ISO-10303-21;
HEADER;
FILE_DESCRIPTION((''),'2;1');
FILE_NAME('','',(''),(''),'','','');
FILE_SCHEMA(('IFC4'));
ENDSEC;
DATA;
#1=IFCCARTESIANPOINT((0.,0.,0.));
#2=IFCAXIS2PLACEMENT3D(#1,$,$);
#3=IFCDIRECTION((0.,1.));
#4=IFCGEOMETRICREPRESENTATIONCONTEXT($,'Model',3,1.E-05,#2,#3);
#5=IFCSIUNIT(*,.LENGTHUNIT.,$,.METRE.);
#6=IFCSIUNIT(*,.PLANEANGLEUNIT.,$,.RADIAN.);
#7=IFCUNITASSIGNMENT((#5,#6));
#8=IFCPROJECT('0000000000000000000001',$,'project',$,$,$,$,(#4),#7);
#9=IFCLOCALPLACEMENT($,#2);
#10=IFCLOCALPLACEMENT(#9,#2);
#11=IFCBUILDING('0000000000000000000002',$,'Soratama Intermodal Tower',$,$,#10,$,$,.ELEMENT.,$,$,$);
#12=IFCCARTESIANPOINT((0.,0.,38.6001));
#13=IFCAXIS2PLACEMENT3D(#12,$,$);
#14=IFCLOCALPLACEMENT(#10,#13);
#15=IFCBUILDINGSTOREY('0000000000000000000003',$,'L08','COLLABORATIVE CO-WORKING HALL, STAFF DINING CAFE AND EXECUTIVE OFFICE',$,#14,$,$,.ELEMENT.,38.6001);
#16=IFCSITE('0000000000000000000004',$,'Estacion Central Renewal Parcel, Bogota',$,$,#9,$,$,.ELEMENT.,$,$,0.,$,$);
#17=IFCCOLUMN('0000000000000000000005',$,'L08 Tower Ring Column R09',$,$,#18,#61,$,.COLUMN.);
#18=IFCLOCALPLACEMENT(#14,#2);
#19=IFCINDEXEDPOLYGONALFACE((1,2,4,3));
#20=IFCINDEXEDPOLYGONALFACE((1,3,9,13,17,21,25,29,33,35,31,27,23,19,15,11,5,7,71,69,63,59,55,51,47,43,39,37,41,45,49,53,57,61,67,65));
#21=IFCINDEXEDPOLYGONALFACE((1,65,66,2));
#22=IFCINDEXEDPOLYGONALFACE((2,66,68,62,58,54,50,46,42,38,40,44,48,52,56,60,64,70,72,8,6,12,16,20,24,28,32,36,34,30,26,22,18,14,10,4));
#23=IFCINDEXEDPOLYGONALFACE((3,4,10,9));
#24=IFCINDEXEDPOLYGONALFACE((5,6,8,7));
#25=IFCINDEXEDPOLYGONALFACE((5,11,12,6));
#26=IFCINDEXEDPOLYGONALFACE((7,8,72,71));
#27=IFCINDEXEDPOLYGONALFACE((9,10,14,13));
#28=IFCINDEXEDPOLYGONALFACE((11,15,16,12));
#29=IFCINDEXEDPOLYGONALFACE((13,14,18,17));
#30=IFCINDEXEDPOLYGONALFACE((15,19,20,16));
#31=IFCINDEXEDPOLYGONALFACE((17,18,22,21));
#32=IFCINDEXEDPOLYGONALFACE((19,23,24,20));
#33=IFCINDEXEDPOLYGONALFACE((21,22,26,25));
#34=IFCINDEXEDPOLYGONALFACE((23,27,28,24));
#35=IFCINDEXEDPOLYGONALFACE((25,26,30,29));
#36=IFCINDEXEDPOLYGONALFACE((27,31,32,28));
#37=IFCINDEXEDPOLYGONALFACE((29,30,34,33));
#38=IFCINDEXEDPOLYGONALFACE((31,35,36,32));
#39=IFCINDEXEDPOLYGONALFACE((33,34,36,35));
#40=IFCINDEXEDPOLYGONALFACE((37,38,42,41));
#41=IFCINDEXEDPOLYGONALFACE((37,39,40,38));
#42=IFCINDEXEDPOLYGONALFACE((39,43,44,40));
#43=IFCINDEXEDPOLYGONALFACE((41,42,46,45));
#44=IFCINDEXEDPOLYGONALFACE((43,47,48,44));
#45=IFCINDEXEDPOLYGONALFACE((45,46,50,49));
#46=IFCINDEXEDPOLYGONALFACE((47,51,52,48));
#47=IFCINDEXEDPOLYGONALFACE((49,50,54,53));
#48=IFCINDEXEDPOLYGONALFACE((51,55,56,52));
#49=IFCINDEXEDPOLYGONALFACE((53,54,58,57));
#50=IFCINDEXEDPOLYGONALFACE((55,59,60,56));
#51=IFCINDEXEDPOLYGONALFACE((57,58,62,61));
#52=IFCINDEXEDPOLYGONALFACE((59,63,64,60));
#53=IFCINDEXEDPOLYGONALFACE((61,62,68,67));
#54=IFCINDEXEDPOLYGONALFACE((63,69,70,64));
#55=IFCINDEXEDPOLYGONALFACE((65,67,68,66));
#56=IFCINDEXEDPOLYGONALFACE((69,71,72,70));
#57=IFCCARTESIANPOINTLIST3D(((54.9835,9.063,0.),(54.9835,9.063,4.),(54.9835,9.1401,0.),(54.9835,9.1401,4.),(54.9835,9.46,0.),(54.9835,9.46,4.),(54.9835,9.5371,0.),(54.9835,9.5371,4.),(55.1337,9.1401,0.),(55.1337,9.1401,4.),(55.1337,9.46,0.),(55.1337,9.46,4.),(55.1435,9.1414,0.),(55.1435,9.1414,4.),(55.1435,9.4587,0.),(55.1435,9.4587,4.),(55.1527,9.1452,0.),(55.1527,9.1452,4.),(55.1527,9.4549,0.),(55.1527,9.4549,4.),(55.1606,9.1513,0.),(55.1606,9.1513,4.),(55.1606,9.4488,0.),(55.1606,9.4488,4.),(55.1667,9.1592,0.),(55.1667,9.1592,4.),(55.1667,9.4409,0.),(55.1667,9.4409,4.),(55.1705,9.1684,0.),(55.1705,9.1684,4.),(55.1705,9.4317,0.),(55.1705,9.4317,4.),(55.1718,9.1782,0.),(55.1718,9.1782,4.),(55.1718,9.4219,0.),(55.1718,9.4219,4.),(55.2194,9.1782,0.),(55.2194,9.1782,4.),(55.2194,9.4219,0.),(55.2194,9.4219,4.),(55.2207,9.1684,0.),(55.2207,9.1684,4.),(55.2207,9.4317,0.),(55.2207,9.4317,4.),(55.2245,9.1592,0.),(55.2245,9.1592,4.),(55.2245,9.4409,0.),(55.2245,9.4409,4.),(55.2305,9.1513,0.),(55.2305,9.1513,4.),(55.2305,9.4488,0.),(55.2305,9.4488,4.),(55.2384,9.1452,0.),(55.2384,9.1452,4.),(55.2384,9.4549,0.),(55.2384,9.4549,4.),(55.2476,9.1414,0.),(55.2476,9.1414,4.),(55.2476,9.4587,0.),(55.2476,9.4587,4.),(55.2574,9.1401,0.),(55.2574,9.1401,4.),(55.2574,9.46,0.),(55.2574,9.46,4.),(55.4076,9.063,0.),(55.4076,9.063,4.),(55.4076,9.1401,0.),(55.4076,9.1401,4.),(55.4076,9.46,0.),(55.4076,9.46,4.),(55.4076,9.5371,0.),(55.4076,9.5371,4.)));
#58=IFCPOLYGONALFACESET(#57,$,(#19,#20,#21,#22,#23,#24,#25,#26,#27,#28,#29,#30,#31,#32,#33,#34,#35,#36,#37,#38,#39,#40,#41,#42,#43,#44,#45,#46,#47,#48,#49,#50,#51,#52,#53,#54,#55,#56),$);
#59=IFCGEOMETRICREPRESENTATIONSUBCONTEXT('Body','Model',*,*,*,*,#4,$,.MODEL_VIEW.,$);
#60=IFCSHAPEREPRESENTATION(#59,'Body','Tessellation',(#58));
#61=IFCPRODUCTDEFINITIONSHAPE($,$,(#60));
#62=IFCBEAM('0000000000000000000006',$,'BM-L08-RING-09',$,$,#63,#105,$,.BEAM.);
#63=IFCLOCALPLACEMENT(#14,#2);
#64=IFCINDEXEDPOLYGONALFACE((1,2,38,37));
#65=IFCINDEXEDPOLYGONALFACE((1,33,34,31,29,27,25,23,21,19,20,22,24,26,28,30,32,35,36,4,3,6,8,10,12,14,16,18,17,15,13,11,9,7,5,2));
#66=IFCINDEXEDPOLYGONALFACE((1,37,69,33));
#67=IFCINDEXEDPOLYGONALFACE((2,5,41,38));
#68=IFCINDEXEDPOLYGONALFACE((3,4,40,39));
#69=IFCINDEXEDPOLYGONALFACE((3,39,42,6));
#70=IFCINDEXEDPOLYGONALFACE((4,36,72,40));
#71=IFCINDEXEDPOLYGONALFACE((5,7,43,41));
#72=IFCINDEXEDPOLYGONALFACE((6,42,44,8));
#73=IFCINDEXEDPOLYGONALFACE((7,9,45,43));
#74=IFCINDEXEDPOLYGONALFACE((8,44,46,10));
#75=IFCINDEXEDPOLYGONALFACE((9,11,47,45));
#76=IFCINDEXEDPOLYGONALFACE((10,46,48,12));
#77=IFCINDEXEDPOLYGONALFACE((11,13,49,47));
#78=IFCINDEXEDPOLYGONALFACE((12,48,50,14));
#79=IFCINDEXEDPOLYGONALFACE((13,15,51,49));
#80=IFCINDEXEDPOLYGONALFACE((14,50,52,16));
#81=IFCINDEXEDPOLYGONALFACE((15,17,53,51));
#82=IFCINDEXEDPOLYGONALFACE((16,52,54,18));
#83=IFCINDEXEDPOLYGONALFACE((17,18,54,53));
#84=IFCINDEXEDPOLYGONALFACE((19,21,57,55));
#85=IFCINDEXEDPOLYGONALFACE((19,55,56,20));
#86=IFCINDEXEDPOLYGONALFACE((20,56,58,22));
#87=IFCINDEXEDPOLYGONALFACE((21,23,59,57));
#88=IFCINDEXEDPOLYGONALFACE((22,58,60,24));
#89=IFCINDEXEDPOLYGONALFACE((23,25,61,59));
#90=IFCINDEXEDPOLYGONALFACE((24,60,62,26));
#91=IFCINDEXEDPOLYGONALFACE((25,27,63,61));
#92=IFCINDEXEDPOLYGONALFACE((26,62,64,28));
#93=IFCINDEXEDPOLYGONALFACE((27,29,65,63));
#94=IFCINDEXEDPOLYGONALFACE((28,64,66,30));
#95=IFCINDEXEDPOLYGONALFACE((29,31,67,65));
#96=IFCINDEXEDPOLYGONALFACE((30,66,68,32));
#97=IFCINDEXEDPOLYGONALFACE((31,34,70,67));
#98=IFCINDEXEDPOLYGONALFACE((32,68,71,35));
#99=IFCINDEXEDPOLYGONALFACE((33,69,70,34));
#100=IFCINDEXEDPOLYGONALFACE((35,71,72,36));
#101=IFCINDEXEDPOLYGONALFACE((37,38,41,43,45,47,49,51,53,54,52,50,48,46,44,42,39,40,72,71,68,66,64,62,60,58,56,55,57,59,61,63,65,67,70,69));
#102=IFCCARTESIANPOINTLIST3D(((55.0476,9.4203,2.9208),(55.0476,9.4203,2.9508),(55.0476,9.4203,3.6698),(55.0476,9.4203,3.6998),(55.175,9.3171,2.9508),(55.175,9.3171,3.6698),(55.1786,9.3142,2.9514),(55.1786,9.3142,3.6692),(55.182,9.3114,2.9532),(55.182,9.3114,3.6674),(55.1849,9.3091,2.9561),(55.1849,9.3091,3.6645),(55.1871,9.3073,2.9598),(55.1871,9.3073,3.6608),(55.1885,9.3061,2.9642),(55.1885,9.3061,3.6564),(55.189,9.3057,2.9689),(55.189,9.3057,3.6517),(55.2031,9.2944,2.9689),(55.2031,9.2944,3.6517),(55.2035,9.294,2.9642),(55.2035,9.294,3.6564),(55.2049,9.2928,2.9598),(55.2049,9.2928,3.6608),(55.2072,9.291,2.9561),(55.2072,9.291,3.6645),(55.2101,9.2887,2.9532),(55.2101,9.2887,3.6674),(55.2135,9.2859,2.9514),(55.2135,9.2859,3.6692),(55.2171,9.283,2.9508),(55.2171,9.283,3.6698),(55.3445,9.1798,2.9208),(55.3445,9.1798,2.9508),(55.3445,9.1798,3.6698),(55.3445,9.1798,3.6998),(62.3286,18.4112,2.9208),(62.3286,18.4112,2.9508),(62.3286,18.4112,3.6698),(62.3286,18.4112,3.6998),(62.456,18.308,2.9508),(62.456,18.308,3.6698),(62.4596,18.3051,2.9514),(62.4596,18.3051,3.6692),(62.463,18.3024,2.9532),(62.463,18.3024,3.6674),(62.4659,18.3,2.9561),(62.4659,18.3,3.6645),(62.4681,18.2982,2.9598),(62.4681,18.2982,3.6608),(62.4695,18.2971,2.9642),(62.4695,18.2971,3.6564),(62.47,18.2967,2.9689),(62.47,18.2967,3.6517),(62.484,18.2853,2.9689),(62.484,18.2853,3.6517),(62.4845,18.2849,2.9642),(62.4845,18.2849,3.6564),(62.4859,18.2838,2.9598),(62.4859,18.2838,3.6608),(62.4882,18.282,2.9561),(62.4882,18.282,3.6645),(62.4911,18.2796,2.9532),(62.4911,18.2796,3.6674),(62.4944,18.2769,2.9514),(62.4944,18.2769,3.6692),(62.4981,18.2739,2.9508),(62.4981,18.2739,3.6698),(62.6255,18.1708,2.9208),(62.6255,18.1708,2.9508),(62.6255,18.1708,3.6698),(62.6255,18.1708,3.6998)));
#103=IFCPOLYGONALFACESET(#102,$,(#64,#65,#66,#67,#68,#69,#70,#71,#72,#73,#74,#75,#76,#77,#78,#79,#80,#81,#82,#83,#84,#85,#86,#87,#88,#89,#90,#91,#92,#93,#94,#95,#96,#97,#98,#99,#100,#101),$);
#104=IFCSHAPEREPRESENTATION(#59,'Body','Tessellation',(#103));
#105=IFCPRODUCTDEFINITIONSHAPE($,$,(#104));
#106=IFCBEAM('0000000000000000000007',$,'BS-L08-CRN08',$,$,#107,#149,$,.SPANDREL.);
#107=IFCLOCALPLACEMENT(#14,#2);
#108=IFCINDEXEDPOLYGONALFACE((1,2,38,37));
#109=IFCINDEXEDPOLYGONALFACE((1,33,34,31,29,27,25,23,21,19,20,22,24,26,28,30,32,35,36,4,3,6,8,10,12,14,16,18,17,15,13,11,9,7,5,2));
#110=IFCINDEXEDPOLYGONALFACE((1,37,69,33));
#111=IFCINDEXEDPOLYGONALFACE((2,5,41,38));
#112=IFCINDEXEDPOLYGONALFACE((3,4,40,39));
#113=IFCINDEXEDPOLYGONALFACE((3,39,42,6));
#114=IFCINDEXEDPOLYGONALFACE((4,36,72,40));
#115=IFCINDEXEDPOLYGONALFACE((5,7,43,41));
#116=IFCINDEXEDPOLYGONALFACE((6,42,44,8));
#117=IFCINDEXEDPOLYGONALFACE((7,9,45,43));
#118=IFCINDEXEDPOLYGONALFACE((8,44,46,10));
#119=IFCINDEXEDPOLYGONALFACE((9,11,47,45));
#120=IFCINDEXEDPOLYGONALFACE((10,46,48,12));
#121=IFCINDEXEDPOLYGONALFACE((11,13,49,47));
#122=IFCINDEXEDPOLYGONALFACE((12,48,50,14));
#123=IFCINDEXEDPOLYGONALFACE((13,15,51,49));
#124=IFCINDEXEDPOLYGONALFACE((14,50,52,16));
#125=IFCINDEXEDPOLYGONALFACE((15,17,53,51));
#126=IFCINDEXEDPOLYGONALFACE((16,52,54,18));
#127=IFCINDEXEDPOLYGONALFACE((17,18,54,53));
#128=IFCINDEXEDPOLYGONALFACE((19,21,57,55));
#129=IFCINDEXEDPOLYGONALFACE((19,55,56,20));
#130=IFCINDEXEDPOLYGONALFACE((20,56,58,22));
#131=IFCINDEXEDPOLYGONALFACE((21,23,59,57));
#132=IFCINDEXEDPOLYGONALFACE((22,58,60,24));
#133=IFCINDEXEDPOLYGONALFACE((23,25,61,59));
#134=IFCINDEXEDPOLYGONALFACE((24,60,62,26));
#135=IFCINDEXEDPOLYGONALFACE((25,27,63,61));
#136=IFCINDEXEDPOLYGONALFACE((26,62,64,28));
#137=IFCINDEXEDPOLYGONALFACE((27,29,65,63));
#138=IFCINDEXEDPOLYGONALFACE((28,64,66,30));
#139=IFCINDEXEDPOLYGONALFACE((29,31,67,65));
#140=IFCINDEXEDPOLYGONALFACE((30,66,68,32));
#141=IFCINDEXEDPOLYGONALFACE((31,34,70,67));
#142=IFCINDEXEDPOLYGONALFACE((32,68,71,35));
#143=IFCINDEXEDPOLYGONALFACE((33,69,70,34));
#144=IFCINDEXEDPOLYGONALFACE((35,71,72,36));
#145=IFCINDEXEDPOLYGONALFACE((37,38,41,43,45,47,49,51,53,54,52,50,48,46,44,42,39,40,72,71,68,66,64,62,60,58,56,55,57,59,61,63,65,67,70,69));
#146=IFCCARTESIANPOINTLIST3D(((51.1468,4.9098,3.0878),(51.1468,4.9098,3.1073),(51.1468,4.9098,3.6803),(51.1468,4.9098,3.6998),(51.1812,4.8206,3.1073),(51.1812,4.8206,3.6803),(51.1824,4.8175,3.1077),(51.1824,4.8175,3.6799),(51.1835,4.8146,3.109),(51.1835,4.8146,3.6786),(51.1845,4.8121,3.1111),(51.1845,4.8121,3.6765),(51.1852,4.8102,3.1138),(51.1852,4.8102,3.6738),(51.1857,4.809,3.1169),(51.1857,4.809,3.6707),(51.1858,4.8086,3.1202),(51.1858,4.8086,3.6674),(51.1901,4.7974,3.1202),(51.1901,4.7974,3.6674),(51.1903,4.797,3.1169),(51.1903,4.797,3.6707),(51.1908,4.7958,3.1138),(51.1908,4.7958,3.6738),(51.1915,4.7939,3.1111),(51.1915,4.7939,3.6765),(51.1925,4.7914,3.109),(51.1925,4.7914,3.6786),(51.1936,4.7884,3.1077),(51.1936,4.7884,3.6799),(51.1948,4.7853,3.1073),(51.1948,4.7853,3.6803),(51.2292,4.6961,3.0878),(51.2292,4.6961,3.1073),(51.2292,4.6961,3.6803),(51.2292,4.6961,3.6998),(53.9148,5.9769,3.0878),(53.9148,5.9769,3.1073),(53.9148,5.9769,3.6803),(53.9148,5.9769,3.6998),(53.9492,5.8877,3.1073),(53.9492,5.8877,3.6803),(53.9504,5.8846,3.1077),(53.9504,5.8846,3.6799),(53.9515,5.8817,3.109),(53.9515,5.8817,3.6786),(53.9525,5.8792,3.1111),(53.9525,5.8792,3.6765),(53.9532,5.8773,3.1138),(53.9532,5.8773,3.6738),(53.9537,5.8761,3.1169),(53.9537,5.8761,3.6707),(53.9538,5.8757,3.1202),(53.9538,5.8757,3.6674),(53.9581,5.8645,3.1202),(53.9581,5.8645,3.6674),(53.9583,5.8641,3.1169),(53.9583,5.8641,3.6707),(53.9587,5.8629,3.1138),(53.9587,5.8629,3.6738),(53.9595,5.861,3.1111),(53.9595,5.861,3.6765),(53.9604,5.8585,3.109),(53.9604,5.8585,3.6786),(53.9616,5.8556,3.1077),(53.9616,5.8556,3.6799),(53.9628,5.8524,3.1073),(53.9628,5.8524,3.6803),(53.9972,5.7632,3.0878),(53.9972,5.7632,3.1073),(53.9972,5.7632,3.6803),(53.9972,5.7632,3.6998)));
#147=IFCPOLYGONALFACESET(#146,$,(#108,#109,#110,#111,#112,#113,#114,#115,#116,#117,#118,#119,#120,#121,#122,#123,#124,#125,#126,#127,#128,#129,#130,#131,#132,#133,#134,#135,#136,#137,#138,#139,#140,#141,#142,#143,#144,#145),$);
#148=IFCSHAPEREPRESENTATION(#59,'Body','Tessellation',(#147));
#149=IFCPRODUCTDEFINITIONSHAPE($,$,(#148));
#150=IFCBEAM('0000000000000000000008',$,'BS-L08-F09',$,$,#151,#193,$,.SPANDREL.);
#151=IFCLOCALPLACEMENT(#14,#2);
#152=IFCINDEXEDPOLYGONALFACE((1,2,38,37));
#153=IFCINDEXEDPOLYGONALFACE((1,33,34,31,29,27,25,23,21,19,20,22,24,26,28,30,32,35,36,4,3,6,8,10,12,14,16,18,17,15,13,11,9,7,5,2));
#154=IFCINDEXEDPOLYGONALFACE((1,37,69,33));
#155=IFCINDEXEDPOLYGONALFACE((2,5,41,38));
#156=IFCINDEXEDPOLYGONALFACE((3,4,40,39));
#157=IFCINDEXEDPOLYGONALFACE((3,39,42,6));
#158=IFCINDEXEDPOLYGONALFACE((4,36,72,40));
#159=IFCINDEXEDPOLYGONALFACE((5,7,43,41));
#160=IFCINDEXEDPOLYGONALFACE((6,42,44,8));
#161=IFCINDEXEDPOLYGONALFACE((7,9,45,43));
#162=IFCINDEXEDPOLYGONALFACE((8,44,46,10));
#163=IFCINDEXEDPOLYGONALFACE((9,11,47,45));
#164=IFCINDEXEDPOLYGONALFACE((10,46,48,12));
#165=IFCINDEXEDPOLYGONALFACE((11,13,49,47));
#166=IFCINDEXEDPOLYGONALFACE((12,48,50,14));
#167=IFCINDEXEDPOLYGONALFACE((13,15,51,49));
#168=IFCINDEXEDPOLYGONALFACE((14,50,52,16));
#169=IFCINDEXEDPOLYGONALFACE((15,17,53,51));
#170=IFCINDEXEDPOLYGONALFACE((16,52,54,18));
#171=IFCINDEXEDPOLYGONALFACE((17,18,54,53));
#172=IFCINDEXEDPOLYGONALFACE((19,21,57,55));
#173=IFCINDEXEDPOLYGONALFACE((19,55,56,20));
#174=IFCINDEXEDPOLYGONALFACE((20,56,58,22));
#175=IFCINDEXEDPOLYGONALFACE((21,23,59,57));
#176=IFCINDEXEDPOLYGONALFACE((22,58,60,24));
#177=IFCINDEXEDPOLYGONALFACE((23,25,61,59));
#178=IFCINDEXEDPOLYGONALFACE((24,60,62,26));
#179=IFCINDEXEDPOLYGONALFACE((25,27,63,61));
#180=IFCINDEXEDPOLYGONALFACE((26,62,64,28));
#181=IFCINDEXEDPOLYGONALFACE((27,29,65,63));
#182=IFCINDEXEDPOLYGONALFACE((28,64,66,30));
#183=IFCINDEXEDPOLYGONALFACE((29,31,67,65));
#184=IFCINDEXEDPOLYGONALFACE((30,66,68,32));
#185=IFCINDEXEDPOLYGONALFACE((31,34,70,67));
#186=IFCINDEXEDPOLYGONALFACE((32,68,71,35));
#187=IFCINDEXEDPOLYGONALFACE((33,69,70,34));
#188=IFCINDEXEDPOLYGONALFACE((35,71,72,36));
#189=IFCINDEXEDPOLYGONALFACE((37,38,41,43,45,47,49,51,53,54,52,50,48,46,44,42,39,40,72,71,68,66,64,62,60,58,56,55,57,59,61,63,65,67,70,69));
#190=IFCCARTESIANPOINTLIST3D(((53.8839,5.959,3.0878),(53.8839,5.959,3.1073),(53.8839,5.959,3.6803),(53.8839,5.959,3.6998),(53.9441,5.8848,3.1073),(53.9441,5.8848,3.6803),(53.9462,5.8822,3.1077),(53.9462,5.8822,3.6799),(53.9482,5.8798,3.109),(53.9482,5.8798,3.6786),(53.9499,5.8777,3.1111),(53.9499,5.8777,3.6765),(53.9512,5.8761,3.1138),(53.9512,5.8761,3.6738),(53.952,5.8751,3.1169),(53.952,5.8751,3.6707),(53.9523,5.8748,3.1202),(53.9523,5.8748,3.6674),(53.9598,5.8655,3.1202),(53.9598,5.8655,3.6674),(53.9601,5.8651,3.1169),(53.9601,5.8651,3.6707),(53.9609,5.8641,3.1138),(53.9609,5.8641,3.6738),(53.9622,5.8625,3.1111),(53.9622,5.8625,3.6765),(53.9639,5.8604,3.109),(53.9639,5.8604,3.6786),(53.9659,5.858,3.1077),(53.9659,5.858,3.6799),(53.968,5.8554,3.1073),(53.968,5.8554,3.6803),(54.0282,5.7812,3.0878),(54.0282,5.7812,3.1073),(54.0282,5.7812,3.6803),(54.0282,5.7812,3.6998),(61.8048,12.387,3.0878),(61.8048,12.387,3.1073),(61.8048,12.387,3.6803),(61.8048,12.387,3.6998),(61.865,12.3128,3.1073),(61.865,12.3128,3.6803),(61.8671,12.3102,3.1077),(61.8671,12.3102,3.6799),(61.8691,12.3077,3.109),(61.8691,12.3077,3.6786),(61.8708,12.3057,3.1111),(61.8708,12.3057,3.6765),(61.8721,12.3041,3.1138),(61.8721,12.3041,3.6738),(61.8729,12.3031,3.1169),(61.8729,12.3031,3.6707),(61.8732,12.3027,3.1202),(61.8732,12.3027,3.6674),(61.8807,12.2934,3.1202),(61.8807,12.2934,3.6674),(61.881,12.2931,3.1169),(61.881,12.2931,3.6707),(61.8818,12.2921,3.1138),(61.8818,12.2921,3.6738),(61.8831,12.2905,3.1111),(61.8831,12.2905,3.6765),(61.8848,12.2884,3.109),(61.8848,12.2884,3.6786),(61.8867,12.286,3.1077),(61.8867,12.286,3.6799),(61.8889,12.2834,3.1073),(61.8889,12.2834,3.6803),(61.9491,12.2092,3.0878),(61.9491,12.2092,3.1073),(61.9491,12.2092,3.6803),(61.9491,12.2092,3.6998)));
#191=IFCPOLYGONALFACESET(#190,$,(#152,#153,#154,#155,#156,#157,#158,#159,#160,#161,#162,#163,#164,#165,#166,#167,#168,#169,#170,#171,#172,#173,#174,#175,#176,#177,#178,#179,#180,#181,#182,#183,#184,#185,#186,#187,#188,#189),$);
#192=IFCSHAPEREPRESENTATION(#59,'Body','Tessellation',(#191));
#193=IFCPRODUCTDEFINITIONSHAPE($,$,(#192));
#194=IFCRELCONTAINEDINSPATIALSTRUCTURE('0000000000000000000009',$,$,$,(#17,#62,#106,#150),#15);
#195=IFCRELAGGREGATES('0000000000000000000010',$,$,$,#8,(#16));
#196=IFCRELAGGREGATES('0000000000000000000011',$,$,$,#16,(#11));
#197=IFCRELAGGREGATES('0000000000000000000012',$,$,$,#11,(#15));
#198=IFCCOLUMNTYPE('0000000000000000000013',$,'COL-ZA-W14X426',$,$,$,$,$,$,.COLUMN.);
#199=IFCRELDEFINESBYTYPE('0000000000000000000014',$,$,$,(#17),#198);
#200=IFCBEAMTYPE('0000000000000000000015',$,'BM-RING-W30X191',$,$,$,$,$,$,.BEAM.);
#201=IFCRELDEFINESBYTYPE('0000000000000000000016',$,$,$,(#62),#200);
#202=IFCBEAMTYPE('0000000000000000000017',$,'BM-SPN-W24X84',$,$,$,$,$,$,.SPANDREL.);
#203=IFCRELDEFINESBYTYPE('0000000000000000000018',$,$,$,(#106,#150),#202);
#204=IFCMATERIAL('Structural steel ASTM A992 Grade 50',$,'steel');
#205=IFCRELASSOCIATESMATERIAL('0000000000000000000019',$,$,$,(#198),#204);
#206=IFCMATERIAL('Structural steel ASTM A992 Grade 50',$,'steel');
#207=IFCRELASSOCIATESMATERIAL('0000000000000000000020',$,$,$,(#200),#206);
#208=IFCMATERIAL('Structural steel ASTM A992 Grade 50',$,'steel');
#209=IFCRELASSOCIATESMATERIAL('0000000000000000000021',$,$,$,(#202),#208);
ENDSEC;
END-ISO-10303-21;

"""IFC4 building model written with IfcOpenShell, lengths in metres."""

from ifc_helpers import new_model, si_unit, direction, frame, origin, origin_2d, place, context, subcontext, project, spatial, i_section, extrude, material, material_profile, profile_set, type_object, element, save


model = new_model("IFC4")

# Units and contexts
model_context = context("Model", 3, precision=1e-05, world=origin(), true_north=direction((0.0, 1.0)))
body_context = subcontext(model_context, "Body", "Model", "MODEL_VIEW")
ifc_project = project(units=[si_unit("LENGTHUNIT", "METRE"), si_unit("PLANEANGLEUNIT", "RADIAN")], contexts=[model_context])

# Site, building, storey
site_placement = place(None, origin())
site = spatial("IfcSite", under=ifc_project, at=site_placement, Name="Estacion Central Renewal Parcel, Bogota", CompositionType="ELEMENT", RefElevation=0.0)
building_placement = place(site_placement, origin())
building = spatial("IfcBuilding", under=site, at=building_placement, Name="Soratama Intermodal Tower", CompositionType="ELEMENT")
storey_placement = place(building_placement, frame((0.0, 0.0, 38.6001)))
storey = spatial("IfcBuildingStorey", under=building, at=storey_placement, Name="L08", Description="COLLABORATIVE CO-WORKING HALL, STAFF DINING CAFE AND EXECUTIVE OFFICE", CompositionType="ELEMENT", Elevation=38.6001)

# Column
ifc_material_1 = material(Name="Structural steel ASTM A992 Grade 50", Category="steel")
ifc_material_profile_1 = material_profile(ifc_material_1, i_section(OverallWidth=0.4241, OverallDepth=0.4741, WebThickness=0.0476, FlangeThickness=0.0771, FilletRadius=0.0381, at=origin_2d()), Name="W14X426")
ifc_profile_set_1 = profile_set([ifc_material_profile_1], Name="Structural steel ASTM A992 Grade 50")
column_type = type_object("IfcColumnType", Name="COL-ZA-W14X426", PredefinedType="COLUMN", material=ifc_profile_set_1)
column_placement = place(storey_placement, frame((55.1956, 9.3, 0.0), z_axis=(0.0, 0.0, 1.0), x_axis=(1.0, 0.0, 0.0)))
element("IfcColumn", 1, at=column_placement, inside=storey, type_object=column_type, Name="L08 Tower Ring Column R09", PredefinedType="COLUMN", context=body_context, shape_type="SweptSolid", body=[
    extrude(i_section(OverallWidth=0.4241, OverallDepth=0.4741, WebThickness=0.0476, FlangeThickness=0.0771, FilletRadius=0.0381, at=origin_2d()), origin(), (0.0, 0.0, 1.0), 4.0),
])

# Beams
ifc_material_2 = material(Name="Structural steel ASTM A992 Grade 50", Category="steel")
ifc_material_profile_2 = material_profile(ifc_material_2, i_section(OverallWidth=0.3821, OverallDepth=0.7791, WebThickness=0.0181, FlangeThickness=0.03, FilletRadius=0.0181, at=origin_2d()), Name="W30X191")
ifc_profile_set_2 = profile_set([ifc_material_profile_2], Name="Structural steel ASTM A992 Grade 50")
beam_type_1 = type_object("IfcBeamType", Name="BM-RING-W30X191", PredefinedType="BEAM", material=ifc_profile_set_2)
beam_1_placement = place(storey_placement, frame((55.196, 9.3, 3.3103), z_axis=(0.629334, 0.777135, 0.0), x_axis=(-0.777135, 0.629334, 0.0)))
element("IfcBeam", 2, at=beam_1_placement, inside=storey, type_object=beam_type_1, Name="BM-L08-RING-09", PredefinedType="BEAM", context=body_context, shape_type="SweptSolid", body=[
    extrude(i_section(OverallWidth=0.3821, OverallDepth=0.7791, WebThickness=0.0181, FlangeThickness=0.03, FilletRadius=0.0181, at=origin_2d()), origin(), (0.0, 0.0, 1.0), 11.5693),
])
ifc_material_3 = material(Name="Structural steel ASTM A992 Grade 50", Category="steel")
ifc_material_profile_3 = material_profile(ifc_material_3, i_section(OverallWidth=0.229, OverallDepth=0.6121, WebThickness=0.012, FlangeThickness=0.0195, FilletRadius=0.0129, at=origin_2d()), Name="W24X84")
ifc_profile_set_3 = profile_set([ifc_material_profile_3], Name="Structural steel ASTM A992 Grade 50")
beam_type_2 = type_object("IfcBeamType", Name="BM-SPN-W24X84", PredefinedType="SPANDREL", material=ifc_profile_set_3)
beam_2_placement = place(storey_placement, frame((51.188, 4.803, 3.3938), z_axis=(0.933063, 0.359712, 0.0), x_axis=(-0.359712, 0.933063, 0.0)))
element("IfcBeam", 3, at=beam_2_placement, inside=storey, type_object=beam_type_2, Name="BS-L08-CRN08", PredefinedType="SPANDREL", context=body_context, shape_type="SweptSolid", body=[
    extrude(i_section(OverallWidth=0.229, OverallDepth=0.6121, WebThickness=0.012, FlangeThickness=0.0195, FilletRadius=0.0129, at=origin_2d()), origin(), (0.0, 0.0, 1.0), 2.9666),
])
beam_3_placement = place(storey_placement, frame((53.9561, 5.8701, 3.3938), z_axis=(0.776486, 0.630135, 0.0), x_axis=(-0.630135, 0.776486, 0.0)))
element("IfcBeam", 4, at=beam_3_placement, inside=storey, type_object=beam_type_2, Name="BS-L08-F09", PredefinedType="SPANDREL", context=body_context, shape_type="SweptSolid", body=[
    extrude(i_section(OverallWidth=0.229, OverallDepth=0.6121, WebThickness=0.012, FlangeThickness=0.0195, FilletRadius=0.0129, at=origin_2d()), origin(), (0.0, 0.0, 1.0), 10.2009),
])

save(model, "model.ifc")
